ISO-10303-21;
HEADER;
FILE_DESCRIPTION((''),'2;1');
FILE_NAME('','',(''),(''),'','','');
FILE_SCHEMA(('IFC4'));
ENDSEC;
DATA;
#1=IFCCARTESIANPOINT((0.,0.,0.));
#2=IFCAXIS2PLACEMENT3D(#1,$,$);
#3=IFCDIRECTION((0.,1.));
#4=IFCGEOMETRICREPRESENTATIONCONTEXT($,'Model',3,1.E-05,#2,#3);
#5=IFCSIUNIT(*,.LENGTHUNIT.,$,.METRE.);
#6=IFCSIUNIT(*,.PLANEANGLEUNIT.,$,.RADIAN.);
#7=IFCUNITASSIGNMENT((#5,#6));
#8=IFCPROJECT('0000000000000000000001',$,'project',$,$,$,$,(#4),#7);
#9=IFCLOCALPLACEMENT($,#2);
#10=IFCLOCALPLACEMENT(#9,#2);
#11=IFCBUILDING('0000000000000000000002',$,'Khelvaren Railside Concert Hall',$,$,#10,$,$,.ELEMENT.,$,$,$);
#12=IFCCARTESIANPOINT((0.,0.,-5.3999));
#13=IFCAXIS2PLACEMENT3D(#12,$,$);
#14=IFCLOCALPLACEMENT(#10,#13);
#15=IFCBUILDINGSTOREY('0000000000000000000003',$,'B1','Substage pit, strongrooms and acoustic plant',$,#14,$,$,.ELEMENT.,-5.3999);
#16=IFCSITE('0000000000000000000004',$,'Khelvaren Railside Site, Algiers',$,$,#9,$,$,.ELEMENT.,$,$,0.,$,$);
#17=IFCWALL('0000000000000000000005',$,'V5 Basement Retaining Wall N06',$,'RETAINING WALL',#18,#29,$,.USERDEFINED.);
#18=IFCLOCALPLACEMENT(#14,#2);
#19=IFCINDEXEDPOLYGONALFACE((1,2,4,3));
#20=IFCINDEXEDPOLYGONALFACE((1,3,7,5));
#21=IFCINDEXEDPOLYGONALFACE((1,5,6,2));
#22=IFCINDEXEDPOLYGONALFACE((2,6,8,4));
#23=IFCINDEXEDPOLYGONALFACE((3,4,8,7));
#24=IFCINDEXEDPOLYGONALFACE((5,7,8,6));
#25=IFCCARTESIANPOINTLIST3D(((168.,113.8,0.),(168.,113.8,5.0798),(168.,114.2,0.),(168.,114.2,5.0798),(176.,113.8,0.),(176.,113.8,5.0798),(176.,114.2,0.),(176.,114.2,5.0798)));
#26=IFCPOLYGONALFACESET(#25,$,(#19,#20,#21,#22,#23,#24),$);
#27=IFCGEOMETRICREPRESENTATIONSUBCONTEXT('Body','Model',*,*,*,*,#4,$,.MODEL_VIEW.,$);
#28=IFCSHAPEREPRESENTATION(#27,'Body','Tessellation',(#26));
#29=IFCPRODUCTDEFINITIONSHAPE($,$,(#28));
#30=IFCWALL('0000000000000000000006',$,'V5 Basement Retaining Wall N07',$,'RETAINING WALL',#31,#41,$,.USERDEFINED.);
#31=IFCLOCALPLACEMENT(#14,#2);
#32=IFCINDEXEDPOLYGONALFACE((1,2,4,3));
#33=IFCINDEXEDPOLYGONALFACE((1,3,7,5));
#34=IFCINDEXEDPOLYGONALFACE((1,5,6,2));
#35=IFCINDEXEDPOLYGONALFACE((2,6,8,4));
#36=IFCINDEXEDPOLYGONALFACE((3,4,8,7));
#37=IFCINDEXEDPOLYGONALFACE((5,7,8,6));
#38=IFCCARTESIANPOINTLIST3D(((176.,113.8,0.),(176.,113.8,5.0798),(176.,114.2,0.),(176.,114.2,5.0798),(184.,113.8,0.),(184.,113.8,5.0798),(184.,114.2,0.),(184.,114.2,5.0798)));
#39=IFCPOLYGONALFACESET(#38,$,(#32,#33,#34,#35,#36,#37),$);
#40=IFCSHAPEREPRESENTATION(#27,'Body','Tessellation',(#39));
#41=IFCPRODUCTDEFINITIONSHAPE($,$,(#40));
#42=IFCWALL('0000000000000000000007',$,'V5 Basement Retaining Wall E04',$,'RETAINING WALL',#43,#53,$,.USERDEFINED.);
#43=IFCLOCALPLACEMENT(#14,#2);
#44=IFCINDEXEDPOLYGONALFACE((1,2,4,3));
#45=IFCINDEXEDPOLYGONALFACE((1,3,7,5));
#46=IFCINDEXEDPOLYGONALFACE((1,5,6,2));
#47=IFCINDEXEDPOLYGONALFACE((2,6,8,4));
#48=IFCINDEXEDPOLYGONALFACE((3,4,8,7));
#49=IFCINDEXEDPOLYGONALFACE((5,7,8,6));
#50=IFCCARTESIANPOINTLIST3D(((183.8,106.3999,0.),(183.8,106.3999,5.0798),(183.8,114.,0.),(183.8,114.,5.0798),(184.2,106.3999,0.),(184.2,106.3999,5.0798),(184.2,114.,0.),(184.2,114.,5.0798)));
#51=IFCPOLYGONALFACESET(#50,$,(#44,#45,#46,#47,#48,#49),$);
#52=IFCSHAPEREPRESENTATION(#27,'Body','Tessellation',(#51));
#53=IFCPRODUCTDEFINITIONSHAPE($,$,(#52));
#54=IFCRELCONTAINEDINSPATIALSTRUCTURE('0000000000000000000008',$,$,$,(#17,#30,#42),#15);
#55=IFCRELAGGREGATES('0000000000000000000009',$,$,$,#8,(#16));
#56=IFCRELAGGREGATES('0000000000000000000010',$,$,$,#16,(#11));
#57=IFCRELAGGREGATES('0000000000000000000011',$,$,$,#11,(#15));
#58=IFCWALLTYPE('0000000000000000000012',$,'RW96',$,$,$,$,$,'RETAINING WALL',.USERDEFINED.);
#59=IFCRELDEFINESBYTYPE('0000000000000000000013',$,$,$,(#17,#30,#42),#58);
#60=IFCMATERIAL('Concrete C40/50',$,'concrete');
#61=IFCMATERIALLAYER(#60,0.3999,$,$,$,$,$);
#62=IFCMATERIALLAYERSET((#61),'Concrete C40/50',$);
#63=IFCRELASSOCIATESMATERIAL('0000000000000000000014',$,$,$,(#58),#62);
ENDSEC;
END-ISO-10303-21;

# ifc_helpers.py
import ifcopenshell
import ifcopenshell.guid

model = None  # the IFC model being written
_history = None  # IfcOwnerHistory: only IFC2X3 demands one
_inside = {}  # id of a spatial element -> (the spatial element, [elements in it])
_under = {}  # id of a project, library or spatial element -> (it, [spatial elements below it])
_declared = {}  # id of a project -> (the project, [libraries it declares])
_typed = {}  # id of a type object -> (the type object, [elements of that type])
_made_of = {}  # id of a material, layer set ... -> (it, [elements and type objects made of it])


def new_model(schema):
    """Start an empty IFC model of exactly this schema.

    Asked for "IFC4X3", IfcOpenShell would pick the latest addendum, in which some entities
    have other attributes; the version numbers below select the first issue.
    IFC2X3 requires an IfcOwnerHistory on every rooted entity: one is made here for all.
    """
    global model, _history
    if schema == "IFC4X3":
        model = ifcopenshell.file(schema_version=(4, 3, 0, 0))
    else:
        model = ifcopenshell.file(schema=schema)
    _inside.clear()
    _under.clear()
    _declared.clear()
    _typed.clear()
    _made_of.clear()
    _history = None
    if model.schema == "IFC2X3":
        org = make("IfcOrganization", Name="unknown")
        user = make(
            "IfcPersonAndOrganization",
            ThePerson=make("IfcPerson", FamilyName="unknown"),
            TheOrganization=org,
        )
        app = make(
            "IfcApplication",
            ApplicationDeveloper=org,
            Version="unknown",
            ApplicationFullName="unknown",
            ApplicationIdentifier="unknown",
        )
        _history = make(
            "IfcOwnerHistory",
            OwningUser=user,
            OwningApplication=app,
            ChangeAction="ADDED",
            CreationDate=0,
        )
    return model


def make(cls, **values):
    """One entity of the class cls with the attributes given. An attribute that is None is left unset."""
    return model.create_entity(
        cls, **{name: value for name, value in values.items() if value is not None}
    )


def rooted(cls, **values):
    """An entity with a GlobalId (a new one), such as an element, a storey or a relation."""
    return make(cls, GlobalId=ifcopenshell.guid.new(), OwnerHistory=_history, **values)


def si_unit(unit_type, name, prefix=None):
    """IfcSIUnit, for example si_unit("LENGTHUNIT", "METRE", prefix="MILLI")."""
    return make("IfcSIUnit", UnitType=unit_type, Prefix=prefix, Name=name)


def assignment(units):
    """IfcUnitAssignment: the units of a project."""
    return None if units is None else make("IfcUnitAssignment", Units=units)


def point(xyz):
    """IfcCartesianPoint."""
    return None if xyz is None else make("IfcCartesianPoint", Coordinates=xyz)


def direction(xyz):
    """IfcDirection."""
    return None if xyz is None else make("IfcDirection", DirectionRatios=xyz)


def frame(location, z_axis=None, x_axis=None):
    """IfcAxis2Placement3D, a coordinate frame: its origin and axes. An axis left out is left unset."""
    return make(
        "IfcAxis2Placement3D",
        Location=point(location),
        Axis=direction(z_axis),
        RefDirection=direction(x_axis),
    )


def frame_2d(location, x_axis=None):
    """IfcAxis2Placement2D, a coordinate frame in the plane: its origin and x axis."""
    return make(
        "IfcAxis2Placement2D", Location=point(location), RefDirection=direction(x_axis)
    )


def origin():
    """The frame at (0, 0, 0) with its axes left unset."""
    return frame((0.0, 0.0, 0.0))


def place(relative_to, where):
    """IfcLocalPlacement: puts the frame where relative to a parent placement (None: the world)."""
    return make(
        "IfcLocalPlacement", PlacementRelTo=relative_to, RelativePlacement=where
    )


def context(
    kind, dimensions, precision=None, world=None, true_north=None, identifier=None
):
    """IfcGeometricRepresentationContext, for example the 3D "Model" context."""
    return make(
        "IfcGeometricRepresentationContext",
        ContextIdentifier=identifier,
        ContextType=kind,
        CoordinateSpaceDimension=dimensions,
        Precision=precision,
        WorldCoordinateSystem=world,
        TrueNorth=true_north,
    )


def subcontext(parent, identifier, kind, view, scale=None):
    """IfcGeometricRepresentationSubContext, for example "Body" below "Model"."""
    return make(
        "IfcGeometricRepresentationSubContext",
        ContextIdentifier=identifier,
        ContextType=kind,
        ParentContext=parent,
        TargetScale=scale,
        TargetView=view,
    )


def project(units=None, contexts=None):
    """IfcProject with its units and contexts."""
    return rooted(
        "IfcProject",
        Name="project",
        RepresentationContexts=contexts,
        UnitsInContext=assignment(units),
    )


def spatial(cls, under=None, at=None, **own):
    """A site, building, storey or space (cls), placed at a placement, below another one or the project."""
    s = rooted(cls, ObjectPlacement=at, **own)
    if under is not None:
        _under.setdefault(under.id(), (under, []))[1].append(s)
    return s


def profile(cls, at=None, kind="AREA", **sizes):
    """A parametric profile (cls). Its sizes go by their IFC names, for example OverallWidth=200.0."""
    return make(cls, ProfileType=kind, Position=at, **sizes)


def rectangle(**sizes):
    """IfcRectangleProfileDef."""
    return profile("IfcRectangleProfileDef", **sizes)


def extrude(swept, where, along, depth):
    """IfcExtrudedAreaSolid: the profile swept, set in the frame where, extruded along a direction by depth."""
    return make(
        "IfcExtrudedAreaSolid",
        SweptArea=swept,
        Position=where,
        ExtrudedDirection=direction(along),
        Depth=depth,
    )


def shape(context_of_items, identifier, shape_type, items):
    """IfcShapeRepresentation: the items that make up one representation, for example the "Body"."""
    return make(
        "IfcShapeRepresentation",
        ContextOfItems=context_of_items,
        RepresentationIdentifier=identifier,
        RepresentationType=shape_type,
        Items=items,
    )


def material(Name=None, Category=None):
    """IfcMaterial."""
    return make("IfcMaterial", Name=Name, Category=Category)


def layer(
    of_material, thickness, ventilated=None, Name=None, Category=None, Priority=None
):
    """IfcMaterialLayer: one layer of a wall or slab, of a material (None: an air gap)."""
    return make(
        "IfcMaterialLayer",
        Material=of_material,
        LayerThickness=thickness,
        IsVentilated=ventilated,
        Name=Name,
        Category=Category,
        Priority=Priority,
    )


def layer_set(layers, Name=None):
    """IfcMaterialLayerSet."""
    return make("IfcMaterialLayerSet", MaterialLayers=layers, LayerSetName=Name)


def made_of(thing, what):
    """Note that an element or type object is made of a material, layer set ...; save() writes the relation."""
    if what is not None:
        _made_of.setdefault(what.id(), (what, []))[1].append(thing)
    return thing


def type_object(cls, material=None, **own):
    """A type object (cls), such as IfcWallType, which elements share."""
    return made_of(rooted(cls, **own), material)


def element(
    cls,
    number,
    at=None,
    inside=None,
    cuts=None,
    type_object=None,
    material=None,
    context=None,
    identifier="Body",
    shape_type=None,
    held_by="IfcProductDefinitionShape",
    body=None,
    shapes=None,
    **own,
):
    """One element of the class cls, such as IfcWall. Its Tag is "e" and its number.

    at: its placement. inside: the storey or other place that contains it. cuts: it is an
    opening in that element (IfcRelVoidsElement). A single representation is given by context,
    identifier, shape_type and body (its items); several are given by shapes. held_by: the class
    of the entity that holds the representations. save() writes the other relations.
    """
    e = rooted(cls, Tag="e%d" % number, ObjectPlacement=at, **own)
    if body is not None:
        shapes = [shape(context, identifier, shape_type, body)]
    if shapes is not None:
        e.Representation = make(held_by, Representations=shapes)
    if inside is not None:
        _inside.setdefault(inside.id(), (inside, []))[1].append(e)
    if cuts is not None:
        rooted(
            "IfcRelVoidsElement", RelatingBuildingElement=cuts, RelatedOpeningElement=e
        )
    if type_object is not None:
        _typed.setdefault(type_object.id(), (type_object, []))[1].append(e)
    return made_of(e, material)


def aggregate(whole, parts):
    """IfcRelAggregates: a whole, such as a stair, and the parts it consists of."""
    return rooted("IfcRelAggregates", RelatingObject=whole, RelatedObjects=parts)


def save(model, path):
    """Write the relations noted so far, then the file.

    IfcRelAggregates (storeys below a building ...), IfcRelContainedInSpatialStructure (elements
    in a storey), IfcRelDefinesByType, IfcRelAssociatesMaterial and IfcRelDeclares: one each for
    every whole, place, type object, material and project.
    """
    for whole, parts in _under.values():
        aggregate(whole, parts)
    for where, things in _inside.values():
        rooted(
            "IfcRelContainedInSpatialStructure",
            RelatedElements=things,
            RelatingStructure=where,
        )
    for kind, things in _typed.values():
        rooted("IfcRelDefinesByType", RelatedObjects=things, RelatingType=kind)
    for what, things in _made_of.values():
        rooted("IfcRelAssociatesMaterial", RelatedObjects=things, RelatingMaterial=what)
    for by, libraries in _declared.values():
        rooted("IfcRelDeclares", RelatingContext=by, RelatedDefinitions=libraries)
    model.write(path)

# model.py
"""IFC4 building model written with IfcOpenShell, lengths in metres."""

from ifc_helpers import new_model, si_unit, direction, frame, frame_2d, origin, place, context, subcontext, project, spatial, rectangle, extrude, material, layer, layer_set, type_object, element, save


model = new_model("IFC4")

# Units and contexts
model_context = context("Model", 3, precision=1e-05, world=origin(), true_north=direction((0.0, 1.0)))
body_context = subcontext(model_context, "Body", "Model", "MODEL_VIEW")
ifc_project = project(units=[si_unit("LENGTHUNIT", "METRE"), si_unit("PLANEANGLEUNIT", "RADIAN")], contexts=[model_context])

# Site, building, storey
site_placement = place(None, origin())
site = spatial("IfcSite", under=ifc_project, at=site_placement, Name="Khelvaren Railside Site, Algiers", CompositionType="ELEMENT", RefElevation=0.0)
building_placement = place(site_placement, origin())
building = spatial("IfcBuilding", under=site, at=building_placement, Name="Khelvaren Railside Concert Hall", CompositionType="ELEMENT")
storey_placement = place(building_placement, frame((0.0, 0.0, -5.3999)))
storey = spatial("IfcBuildingStorey", under=building, at=storey_placement, Name="B1", Description="Substage pit, strongrooms and acoustic plant", CompositionType="ELEMENT", Elevation=-5.3999)

# Walls
ifc_material_1 = material(Name="Concrete C40/50", Category="concrete")
ifc_layer_1 = layer(ifc_material_1, 0.3999)
ifc_layer_set_1 = layer_set([ifc_layer_1], Name="Concrete C40/50")
wall_type_1 = type_object("IfcWallType", Name="RW96", ElementType="RETAINING WALL", PredefinedType="USERDEFINED", material=ifc_layer_set_1)
for number, where, z_axis, x_axis, name in (
    (1, (176.0, 114.0, 0.0), (0.0, 0.0, 1.0), (-1.0, 0.0, 0.0), "V5 Basement Retaining Wall N06"),
    (2, (184.0, 114.0, 0.0), (0.0, 0.0, 1.0), (-1.0, 0.0, 0.0), "V5 Basement Retaining Wall N07"),
):
    element("IfcWall", number, at=place(storey_placement, frame(where, z_axis=z_axis, x_axis=x_axis)), inside=storey, type_object=wall_type_1, Name=name, ObjectType="RETAINING WALL", PredefinedType="USERDEFINED", context=body_context, shape_type="SweptSolid", body=[
        extrude(rectangle(XDim=8.0, YDim=0.3999, at=frame_2d((4.0, 0.0))), origin(), (0.0, 0.0, 1.0), 5.0798),
    ])
wall_1_placement = place(storey_placement, frame((184.0, 106.3999, 0.0), z_axis=(0.0, 0.0, 1.0), x_axis=(0.0, 1.0, 0.0)))
element("IfcWall", 3, at=wall_1_placement, inside=storey, type_object=wall_type_1, Name="V5 Basement Retaining Wall E04", ObjectType="RETAINING WALL", PredefinedType="USERDEFINED", context=body_context, shape_type="SweptSolid", body=[
    extrude(rectangle(XDim=7.6001, YDim=0.3999, at=frame_2d((3.8, 0.0))), origin(), (0.0, 0.0, 1.0), 5.0798),
])

save(model, "model.ifc")
